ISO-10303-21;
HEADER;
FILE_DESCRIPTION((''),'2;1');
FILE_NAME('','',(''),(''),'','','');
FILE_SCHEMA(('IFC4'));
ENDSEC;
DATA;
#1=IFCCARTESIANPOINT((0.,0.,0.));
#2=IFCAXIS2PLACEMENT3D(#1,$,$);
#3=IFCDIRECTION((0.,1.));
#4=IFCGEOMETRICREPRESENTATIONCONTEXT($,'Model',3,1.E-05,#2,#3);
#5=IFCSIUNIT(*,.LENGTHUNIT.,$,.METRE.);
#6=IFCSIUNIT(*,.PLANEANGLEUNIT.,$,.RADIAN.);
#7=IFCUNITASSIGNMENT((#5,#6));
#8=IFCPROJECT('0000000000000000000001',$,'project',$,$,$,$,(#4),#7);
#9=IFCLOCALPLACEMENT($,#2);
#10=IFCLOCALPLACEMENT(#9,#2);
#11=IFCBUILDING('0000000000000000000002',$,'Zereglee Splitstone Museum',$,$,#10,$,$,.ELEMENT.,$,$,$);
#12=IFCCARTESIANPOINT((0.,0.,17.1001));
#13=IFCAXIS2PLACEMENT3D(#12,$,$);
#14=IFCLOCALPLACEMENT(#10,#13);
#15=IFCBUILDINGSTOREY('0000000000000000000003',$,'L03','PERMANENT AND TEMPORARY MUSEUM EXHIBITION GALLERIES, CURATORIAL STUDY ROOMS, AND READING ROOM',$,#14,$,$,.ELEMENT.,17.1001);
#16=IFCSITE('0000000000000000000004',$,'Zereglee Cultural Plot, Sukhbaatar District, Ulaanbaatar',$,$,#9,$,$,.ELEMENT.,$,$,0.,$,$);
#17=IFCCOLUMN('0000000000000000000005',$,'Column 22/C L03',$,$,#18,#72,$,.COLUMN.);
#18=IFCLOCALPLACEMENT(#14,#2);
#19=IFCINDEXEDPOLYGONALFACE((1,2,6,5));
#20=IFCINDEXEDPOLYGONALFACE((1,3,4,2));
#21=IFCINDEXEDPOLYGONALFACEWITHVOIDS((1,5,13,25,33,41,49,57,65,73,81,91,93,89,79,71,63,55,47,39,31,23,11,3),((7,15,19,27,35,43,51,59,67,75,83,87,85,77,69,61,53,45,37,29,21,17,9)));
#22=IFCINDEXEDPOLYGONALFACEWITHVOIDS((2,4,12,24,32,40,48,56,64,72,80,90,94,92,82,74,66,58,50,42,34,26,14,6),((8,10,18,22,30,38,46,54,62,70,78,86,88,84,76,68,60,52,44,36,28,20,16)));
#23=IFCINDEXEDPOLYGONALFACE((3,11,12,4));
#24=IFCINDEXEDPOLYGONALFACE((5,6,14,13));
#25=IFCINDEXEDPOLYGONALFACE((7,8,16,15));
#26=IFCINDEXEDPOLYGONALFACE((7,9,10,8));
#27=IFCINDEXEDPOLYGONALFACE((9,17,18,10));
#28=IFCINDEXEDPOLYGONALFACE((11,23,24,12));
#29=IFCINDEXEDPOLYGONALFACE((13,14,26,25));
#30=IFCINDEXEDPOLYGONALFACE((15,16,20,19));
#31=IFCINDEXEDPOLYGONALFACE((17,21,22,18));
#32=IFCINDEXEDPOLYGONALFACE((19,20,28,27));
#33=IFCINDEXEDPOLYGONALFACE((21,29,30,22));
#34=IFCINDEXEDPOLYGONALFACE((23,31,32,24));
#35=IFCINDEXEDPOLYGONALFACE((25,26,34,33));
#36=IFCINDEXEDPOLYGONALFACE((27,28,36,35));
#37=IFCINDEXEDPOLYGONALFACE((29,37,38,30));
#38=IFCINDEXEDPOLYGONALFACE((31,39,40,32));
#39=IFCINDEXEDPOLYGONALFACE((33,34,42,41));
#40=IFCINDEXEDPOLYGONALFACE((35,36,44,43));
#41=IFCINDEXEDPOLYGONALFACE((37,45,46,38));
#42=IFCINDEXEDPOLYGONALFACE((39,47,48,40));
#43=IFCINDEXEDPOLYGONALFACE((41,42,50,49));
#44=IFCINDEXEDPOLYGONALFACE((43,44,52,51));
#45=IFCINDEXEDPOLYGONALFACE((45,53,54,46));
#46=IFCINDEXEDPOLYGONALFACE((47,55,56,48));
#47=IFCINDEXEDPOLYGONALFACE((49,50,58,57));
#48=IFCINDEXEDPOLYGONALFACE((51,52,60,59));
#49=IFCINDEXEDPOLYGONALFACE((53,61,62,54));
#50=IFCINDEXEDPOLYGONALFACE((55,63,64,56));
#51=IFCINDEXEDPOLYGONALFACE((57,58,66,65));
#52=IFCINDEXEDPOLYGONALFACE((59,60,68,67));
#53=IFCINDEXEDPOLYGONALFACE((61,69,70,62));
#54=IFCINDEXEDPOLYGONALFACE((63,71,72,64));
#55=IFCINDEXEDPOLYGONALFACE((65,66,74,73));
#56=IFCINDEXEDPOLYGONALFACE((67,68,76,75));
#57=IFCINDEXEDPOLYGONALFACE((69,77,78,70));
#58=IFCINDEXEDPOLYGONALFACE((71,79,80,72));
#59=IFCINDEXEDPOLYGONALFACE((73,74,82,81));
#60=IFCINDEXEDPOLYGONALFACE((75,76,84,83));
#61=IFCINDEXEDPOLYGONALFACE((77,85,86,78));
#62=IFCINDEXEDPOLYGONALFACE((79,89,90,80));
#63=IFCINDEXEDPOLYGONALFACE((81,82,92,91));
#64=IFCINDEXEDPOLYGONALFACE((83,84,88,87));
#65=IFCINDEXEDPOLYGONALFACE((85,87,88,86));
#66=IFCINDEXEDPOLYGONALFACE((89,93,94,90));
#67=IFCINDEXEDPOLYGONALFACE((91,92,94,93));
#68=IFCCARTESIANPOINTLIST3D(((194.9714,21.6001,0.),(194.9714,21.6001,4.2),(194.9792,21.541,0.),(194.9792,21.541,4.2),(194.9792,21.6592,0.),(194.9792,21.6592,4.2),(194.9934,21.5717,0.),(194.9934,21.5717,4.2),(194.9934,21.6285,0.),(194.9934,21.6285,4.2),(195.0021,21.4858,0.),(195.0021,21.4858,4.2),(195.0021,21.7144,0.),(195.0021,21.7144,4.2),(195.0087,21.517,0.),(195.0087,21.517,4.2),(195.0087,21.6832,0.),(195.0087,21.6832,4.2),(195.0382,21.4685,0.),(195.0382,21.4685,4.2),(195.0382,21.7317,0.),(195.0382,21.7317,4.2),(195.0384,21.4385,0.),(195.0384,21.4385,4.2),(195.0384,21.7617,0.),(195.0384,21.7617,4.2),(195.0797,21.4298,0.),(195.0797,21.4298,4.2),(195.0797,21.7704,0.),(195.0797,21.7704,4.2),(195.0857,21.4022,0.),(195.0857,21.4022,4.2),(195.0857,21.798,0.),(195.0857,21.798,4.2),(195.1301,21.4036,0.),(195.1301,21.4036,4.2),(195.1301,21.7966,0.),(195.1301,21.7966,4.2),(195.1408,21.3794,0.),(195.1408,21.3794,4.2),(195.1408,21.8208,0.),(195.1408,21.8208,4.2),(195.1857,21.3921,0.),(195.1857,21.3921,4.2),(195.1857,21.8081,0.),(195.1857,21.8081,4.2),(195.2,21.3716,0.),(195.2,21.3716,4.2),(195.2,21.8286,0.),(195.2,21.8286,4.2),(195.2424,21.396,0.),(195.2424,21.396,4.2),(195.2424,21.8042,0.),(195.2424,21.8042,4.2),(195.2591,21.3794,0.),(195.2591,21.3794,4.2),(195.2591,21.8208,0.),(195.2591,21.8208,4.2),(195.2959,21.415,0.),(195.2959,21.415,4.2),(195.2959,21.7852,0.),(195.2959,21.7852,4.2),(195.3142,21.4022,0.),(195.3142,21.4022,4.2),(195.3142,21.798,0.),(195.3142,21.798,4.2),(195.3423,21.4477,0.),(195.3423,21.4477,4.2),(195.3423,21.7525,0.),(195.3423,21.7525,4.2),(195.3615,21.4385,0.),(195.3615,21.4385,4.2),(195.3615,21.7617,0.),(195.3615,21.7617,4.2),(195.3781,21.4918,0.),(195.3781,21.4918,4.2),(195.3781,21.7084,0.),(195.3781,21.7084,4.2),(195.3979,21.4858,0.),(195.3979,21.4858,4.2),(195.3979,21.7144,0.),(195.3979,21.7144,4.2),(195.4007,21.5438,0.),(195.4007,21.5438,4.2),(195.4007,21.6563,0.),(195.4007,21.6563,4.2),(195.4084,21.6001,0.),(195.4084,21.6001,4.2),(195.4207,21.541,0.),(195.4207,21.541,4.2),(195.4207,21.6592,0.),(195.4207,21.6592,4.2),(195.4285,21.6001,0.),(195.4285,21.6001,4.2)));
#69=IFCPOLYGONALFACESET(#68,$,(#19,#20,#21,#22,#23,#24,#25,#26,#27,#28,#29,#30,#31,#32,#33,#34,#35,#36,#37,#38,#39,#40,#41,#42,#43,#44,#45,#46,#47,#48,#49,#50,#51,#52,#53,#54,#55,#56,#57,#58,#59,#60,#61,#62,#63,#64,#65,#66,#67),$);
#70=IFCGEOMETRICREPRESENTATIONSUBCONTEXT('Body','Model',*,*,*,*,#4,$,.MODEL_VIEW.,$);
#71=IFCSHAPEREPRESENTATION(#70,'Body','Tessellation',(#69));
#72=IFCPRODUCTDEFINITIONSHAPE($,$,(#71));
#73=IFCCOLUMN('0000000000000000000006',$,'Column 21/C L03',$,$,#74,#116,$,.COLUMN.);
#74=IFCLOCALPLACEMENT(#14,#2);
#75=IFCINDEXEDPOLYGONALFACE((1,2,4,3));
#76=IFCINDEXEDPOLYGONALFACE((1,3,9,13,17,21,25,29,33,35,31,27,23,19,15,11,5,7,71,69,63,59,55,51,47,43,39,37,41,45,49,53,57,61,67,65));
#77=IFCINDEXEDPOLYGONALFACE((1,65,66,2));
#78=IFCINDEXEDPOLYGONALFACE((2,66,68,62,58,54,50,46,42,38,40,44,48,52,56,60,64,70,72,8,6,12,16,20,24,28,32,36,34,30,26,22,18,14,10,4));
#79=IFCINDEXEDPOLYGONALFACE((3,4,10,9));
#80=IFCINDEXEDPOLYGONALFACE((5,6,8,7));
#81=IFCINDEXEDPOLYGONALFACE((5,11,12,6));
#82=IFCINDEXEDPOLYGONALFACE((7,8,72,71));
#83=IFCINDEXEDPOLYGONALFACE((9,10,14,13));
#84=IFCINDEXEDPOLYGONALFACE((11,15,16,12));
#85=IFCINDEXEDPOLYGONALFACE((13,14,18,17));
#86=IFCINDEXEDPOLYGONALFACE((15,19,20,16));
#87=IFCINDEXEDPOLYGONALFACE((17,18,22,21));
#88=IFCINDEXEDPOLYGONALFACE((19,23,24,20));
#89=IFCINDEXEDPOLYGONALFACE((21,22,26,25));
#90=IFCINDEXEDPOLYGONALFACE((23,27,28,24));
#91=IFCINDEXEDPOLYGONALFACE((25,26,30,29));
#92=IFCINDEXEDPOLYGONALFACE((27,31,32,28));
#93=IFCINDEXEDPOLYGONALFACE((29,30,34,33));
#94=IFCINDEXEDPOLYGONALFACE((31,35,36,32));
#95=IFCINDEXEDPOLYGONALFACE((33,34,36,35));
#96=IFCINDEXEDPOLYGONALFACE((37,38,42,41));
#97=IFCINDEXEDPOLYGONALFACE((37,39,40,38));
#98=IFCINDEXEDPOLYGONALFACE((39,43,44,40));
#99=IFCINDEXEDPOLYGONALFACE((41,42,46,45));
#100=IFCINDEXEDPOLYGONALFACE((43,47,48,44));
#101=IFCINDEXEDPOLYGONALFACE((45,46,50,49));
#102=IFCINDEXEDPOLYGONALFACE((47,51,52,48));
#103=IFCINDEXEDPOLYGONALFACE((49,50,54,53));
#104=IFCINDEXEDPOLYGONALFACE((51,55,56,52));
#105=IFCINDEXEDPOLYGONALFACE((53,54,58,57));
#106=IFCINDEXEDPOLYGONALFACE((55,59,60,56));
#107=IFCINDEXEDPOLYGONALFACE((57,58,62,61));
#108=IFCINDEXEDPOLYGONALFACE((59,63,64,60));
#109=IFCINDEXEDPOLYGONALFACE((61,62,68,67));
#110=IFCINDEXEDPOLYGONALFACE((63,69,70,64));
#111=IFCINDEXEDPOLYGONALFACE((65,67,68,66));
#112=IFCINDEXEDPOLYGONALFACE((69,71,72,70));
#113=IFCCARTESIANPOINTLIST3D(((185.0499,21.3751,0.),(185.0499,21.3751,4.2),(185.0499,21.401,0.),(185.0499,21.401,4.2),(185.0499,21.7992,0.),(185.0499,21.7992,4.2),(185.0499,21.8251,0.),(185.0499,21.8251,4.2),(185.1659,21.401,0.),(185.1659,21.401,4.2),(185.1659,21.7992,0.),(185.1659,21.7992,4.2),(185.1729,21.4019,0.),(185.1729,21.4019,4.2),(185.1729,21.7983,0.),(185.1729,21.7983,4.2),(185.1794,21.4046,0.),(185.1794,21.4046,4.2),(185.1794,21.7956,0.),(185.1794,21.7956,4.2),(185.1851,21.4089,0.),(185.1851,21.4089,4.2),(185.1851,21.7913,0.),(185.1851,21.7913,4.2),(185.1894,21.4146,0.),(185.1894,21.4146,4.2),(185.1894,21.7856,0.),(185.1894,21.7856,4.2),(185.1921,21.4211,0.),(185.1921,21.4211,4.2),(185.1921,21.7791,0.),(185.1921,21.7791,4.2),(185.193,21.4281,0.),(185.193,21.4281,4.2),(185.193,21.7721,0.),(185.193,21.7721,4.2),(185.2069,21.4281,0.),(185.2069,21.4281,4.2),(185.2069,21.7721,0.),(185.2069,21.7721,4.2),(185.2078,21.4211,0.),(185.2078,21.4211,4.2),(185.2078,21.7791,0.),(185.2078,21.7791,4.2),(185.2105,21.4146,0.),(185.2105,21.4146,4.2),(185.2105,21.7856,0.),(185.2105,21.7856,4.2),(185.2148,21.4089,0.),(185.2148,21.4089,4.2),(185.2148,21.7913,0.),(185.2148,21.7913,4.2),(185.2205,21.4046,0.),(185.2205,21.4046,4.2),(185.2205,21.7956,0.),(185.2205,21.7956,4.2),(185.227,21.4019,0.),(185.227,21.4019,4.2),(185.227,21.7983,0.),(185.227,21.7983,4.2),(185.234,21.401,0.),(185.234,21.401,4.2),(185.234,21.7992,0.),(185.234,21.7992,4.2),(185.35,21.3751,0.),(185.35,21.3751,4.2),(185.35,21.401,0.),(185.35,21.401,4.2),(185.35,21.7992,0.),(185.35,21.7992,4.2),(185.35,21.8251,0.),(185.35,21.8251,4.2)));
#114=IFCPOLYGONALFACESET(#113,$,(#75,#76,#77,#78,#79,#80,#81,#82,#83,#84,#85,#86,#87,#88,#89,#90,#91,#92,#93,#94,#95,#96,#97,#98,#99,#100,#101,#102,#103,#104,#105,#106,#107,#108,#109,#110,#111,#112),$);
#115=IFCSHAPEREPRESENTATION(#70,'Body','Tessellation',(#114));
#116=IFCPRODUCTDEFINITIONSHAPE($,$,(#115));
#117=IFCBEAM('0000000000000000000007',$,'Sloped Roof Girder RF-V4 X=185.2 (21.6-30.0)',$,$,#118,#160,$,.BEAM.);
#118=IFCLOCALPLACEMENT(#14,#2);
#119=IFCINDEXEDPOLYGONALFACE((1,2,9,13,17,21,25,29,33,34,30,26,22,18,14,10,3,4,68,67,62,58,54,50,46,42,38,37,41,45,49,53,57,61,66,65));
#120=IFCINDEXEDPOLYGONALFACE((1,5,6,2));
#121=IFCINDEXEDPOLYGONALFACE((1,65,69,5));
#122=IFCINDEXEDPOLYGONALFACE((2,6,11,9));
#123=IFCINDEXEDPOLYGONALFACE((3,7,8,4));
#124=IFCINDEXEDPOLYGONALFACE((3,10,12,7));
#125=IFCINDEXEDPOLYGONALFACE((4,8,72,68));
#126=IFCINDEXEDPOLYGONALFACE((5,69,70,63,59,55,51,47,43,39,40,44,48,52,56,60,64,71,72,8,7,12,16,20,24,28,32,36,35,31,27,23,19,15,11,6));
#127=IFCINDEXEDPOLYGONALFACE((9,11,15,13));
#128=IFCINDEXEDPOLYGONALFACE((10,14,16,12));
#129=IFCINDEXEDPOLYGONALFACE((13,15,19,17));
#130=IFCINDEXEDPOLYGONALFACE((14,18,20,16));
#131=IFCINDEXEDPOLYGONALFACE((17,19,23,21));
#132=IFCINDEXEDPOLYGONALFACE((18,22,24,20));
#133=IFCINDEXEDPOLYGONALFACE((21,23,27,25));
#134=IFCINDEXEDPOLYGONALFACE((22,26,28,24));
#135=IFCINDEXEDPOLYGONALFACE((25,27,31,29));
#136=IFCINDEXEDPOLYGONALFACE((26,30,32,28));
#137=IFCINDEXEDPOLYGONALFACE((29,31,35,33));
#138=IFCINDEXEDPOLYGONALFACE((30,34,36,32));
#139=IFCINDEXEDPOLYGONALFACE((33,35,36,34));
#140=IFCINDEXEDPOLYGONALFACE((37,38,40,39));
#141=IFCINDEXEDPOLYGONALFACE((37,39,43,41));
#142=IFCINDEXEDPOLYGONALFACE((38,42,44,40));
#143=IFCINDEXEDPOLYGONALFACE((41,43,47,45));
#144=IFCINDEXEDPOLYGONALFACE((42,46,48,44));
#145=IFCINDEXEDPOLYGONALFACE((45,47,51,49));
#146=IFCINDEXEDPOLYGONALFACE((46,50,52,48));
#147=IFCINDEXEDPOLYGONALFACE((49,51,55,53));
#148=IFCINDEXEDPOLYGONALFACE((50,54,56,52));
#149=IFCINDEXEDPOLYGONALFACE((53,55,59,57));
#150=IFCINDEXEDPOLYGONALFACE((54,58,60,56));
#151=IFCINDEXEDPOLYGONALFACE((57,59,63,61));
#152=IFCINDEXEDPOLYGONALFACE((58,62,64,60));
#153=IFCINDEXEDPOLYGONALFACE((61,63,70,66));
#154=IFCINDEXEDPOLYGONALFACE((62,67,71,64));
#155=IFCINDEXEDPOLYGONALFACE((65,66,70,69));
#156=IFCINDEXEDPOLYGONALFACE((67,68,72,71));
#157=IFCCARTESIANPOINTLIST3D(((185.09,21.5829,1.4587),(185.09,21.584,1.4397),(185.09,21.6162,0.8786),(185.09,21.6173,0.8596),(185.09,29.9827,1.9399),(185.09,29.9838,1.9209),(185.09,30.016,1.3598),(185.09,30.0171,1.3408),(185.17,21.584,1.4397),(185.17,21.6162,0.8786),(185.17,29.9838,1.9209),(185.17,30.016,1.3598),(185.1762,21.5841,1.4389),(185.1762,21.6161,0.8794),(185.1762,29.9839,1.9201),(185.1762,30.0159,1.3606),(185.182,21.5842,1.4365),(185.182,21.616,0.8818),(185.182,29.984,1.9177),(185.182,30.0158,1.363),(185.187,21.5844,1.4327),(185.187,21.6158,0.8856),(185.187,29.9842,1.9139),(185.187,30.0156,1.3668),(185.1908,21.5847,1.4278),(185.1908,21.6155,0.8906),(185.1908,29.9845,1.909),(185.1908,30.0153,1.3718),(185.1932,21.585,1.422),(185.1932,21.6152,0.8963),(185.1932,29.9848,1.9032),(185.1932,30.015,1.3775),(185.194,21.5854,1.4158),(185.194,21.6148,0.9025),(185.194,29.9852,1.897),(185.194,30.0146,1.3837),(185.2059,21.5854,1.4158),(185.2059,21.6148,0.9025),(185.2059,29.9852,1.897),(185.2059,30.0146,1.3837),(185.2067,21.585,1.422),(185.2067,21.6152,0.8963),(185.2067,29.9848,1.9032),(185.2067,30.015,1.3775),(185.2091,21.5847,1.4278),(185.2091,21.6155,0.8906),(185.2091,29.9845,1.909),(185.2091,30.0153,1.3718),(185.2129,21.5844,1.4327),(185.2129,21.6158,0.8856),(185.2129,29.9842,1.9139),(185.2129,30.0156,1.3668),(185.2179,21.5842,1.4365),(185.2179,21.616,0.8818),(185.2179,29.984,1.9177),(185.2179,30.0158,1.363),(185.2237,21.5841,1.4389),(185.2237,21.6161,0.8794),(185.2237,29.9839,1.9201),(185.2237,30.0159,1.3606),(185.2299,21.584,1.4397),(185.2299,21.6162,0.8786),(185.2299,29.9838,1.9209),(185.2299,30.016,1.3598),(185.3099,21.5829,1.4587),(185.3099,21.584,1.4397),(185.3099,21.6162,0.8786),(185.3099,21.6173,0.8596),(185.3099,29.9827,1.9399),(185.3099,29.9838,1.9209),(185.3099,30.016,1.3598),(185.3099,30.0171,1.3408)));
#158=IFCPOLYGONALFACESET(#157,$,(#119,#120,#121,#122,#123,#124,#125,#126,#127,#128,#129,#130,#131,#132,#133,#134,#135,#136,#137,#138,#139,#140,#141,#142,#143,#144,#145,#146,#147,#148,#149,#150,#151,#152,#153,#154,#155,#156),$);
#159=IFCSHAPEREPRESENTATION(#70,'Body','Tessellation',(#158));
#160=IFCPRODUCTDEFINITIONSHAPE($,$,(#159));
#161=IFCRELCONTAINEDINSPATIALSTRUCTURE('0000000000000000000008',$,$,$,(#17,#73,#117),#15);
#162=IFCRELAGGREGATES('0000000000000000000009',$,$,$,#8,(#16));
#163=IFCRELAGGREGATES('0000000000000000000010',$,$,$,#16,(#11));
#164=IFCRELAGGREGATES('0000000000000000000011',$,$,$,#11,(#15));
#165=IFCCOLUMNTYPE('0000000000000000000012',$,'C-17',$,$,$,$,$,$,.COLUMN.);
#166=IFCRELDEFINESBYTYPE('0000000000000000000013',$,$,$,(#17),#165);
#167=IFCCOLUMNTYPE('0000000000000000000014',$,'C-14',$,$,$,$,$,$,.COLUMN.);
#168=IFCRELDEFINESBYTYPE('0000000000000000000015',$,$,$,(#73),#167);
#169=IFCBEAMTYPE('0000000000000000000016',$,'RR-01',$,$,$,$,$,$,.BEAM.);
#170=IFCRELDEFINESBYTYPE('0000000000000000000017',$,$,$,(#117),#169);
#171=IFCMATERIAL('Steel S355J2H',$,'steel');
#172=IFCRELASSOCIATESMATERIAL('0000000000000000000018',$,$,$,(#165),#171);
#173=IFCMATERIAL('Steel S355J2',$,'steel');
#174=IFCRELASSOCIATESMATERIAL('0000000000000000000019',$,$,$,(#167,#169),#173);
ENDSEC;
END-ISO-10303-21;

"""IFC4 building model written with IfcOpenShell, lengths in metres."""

from ifc_helpers import new_model, si_unit, direction, frame, origin, origin_2d, place, context, subcontext, project, spatial, hollow_circle, i_section, extrude, material, material_profile, profile_set, type_object, element, save


model = new_model("IFC4")

# Units and contexts
model_context = context("Model", 3, precision=1e-05, world=origin(), true_north=direction((0.0, 1.0)))
body_context = subcontext(model_context, "Body", "Model", "MODEL_VIEW")
ifc_project = project(units=[si_unit("LENGTHUNIT", "METRE"), si_unit("PLANEANGLEUNIT", "RADIAN")], contexts=[model_context])

# Site, building, storey
site_placement = place(None, origin())
site = spatial("IfcSite", under=ifc_project, at=site_placement, Name="Zereglee Cultural Plot, Sukhbaatar District, Ulaanbaatar", CompositionType="ELEMENT", RefElevation=0.0)
building_placement = place(site_placement, origin())
building = spatial("IfcBuilding", under=site, at=building_placement, Name="Zereglee Splitstone Museum", CompositionType="ELEMENT")
storey_placement = place(building_placement, frame((0.0, 0.0, 17.1001)))
storey = spatial("IfcBuildingStorey", under=building, at=storey_placement, Name="L03", Description="PERMANENT AND TEMPORARY MUSEUM EXHIBITION GALLERIES, CURATORIAL STUDY ROOMS, AND READING ROOM", CompositionType="ELEMENT", Elevation=17.1001)

# Columns
ifc_material_1 = material(Name="Steel S355J2H", Category="steel")
ifc_material_profile_1 = material_profile(ifc_material_1, hollow_circle(Radius=0.2285, WallThickness=0.02, at=origin_2d()), Name="CHS 457.0x20")
ifc_profile_set_1 = profile_set([ifc_material_profile_1], Name="Steel S355J2H")
column_type_1 = type_object("IfcColumnType", Name="C-17", PredefinedType="COLUMN", material=ifc_profile_set_1)
column_1_placement = place(storey_placement, frame((195.2, 21.6001, 0.0), z_axis=(0.0, 0.0, 1.0), x_axis=(1.0, 0.0, 0.0)))
element("IfcColumn", 1, at=column_1_placement, inside=storey, type_object=column_type_1, Name="Column 22/C L03", PredefinedType="COLUMN", context=body_context, shape_type="SweptSolid", body=[
    extrude(hollow_circle(Radius=0.2285, WallThickness=0.02, at=origin_2d()), origin(), (0.0, 0.0, 1.0), 4.2),
])
ifc_material_2 = material(Name="Steel S355J2", Category="steel")
ifc_material_profile_2 = material_profile(ifc_material_2, i_section(OverallWidth=0.3, OverallDepth=0.45, WebThickness=0.0139, FlangeThickness=0.0259, FilletRadius=0.0271, at=origin_2d()), Name="HE 450 B")
ifc_profile_set_2 = profile_set([ifc_material_profile_2], Name="Steel S355J2")
column_type_2 = type_object("IfcColumnType", Name="C-14", PredefinedType="COLUMN", material=ifc_profile_set_2)
column_2_placement = place(storey_placement, frame((185.2, 21.6001, 0.0), z_axis=(0.0, 0.0, 1.0), x_axis=(1.0, 0.0, 0.0)))
element("IfcColumn", 2, at=column_2_placement, inside=storey, type_object=column_type_2, Name="Column 21/C L03", PredefinedType="COLUMN", context=body_context, shape_type="SweptSolid", body=[
    extrude(i_section(OverallWidth=0.3, OverallDepth=0.45, WebThickness=0.0139, FlangeThickness=0.0259, FilletRadius=0.0271, at=origin_2d()), origin(), (0.0, 0.0, 1.0), 4.2),
])

# Beam
ifc_material_profile_3 = material_profile(ifc_material_2, i_section(OverallWidth=0.22, OverallDepth=0.6001, WebThickness=0.012, FlangeThickness=0.019, FilletRadius=0.0239, at=origin_2d()), Name="IPE 600")
ifc_profile_set_3 = profile_set([ifc_material_profile_3], Name="Steel S355J2")
beam_type_1 = type_object("IfcBeamType", Name="RR-01", PredefinedType="BEAM", material=ifc_profile_set_3)
for number, where, z_axis, x_axis, name in (
    (3, (185.2, 21.6001, 1.1592), (0.0, 0.998363, 0.057193), (-1.0, 0.0, 0.0), "Sloped Roof Girder RF-V4 X=185.2 (21.6-30.0)"),
):
    element("IfcBeam", number, at=place(storey_placement, frame(where, z_axis=z_axis, x_axis=x_axis)), inside=storey, type_object=beam_type_1, Name=name, PredefinedType="BEAM", context=body_context, shape_type="SweptSolid", body=[
        extrude(i_section(OverallWidth=0.22, OverallDepth=0.6001, WebThickness=0.012, FlangeThickness=0.019, FilletRadius=0.0239, at=origin_2d()), origin(), (0.0, 0.0, 1.0), 8.4136),
    ])

save(model, "model.ifc")
